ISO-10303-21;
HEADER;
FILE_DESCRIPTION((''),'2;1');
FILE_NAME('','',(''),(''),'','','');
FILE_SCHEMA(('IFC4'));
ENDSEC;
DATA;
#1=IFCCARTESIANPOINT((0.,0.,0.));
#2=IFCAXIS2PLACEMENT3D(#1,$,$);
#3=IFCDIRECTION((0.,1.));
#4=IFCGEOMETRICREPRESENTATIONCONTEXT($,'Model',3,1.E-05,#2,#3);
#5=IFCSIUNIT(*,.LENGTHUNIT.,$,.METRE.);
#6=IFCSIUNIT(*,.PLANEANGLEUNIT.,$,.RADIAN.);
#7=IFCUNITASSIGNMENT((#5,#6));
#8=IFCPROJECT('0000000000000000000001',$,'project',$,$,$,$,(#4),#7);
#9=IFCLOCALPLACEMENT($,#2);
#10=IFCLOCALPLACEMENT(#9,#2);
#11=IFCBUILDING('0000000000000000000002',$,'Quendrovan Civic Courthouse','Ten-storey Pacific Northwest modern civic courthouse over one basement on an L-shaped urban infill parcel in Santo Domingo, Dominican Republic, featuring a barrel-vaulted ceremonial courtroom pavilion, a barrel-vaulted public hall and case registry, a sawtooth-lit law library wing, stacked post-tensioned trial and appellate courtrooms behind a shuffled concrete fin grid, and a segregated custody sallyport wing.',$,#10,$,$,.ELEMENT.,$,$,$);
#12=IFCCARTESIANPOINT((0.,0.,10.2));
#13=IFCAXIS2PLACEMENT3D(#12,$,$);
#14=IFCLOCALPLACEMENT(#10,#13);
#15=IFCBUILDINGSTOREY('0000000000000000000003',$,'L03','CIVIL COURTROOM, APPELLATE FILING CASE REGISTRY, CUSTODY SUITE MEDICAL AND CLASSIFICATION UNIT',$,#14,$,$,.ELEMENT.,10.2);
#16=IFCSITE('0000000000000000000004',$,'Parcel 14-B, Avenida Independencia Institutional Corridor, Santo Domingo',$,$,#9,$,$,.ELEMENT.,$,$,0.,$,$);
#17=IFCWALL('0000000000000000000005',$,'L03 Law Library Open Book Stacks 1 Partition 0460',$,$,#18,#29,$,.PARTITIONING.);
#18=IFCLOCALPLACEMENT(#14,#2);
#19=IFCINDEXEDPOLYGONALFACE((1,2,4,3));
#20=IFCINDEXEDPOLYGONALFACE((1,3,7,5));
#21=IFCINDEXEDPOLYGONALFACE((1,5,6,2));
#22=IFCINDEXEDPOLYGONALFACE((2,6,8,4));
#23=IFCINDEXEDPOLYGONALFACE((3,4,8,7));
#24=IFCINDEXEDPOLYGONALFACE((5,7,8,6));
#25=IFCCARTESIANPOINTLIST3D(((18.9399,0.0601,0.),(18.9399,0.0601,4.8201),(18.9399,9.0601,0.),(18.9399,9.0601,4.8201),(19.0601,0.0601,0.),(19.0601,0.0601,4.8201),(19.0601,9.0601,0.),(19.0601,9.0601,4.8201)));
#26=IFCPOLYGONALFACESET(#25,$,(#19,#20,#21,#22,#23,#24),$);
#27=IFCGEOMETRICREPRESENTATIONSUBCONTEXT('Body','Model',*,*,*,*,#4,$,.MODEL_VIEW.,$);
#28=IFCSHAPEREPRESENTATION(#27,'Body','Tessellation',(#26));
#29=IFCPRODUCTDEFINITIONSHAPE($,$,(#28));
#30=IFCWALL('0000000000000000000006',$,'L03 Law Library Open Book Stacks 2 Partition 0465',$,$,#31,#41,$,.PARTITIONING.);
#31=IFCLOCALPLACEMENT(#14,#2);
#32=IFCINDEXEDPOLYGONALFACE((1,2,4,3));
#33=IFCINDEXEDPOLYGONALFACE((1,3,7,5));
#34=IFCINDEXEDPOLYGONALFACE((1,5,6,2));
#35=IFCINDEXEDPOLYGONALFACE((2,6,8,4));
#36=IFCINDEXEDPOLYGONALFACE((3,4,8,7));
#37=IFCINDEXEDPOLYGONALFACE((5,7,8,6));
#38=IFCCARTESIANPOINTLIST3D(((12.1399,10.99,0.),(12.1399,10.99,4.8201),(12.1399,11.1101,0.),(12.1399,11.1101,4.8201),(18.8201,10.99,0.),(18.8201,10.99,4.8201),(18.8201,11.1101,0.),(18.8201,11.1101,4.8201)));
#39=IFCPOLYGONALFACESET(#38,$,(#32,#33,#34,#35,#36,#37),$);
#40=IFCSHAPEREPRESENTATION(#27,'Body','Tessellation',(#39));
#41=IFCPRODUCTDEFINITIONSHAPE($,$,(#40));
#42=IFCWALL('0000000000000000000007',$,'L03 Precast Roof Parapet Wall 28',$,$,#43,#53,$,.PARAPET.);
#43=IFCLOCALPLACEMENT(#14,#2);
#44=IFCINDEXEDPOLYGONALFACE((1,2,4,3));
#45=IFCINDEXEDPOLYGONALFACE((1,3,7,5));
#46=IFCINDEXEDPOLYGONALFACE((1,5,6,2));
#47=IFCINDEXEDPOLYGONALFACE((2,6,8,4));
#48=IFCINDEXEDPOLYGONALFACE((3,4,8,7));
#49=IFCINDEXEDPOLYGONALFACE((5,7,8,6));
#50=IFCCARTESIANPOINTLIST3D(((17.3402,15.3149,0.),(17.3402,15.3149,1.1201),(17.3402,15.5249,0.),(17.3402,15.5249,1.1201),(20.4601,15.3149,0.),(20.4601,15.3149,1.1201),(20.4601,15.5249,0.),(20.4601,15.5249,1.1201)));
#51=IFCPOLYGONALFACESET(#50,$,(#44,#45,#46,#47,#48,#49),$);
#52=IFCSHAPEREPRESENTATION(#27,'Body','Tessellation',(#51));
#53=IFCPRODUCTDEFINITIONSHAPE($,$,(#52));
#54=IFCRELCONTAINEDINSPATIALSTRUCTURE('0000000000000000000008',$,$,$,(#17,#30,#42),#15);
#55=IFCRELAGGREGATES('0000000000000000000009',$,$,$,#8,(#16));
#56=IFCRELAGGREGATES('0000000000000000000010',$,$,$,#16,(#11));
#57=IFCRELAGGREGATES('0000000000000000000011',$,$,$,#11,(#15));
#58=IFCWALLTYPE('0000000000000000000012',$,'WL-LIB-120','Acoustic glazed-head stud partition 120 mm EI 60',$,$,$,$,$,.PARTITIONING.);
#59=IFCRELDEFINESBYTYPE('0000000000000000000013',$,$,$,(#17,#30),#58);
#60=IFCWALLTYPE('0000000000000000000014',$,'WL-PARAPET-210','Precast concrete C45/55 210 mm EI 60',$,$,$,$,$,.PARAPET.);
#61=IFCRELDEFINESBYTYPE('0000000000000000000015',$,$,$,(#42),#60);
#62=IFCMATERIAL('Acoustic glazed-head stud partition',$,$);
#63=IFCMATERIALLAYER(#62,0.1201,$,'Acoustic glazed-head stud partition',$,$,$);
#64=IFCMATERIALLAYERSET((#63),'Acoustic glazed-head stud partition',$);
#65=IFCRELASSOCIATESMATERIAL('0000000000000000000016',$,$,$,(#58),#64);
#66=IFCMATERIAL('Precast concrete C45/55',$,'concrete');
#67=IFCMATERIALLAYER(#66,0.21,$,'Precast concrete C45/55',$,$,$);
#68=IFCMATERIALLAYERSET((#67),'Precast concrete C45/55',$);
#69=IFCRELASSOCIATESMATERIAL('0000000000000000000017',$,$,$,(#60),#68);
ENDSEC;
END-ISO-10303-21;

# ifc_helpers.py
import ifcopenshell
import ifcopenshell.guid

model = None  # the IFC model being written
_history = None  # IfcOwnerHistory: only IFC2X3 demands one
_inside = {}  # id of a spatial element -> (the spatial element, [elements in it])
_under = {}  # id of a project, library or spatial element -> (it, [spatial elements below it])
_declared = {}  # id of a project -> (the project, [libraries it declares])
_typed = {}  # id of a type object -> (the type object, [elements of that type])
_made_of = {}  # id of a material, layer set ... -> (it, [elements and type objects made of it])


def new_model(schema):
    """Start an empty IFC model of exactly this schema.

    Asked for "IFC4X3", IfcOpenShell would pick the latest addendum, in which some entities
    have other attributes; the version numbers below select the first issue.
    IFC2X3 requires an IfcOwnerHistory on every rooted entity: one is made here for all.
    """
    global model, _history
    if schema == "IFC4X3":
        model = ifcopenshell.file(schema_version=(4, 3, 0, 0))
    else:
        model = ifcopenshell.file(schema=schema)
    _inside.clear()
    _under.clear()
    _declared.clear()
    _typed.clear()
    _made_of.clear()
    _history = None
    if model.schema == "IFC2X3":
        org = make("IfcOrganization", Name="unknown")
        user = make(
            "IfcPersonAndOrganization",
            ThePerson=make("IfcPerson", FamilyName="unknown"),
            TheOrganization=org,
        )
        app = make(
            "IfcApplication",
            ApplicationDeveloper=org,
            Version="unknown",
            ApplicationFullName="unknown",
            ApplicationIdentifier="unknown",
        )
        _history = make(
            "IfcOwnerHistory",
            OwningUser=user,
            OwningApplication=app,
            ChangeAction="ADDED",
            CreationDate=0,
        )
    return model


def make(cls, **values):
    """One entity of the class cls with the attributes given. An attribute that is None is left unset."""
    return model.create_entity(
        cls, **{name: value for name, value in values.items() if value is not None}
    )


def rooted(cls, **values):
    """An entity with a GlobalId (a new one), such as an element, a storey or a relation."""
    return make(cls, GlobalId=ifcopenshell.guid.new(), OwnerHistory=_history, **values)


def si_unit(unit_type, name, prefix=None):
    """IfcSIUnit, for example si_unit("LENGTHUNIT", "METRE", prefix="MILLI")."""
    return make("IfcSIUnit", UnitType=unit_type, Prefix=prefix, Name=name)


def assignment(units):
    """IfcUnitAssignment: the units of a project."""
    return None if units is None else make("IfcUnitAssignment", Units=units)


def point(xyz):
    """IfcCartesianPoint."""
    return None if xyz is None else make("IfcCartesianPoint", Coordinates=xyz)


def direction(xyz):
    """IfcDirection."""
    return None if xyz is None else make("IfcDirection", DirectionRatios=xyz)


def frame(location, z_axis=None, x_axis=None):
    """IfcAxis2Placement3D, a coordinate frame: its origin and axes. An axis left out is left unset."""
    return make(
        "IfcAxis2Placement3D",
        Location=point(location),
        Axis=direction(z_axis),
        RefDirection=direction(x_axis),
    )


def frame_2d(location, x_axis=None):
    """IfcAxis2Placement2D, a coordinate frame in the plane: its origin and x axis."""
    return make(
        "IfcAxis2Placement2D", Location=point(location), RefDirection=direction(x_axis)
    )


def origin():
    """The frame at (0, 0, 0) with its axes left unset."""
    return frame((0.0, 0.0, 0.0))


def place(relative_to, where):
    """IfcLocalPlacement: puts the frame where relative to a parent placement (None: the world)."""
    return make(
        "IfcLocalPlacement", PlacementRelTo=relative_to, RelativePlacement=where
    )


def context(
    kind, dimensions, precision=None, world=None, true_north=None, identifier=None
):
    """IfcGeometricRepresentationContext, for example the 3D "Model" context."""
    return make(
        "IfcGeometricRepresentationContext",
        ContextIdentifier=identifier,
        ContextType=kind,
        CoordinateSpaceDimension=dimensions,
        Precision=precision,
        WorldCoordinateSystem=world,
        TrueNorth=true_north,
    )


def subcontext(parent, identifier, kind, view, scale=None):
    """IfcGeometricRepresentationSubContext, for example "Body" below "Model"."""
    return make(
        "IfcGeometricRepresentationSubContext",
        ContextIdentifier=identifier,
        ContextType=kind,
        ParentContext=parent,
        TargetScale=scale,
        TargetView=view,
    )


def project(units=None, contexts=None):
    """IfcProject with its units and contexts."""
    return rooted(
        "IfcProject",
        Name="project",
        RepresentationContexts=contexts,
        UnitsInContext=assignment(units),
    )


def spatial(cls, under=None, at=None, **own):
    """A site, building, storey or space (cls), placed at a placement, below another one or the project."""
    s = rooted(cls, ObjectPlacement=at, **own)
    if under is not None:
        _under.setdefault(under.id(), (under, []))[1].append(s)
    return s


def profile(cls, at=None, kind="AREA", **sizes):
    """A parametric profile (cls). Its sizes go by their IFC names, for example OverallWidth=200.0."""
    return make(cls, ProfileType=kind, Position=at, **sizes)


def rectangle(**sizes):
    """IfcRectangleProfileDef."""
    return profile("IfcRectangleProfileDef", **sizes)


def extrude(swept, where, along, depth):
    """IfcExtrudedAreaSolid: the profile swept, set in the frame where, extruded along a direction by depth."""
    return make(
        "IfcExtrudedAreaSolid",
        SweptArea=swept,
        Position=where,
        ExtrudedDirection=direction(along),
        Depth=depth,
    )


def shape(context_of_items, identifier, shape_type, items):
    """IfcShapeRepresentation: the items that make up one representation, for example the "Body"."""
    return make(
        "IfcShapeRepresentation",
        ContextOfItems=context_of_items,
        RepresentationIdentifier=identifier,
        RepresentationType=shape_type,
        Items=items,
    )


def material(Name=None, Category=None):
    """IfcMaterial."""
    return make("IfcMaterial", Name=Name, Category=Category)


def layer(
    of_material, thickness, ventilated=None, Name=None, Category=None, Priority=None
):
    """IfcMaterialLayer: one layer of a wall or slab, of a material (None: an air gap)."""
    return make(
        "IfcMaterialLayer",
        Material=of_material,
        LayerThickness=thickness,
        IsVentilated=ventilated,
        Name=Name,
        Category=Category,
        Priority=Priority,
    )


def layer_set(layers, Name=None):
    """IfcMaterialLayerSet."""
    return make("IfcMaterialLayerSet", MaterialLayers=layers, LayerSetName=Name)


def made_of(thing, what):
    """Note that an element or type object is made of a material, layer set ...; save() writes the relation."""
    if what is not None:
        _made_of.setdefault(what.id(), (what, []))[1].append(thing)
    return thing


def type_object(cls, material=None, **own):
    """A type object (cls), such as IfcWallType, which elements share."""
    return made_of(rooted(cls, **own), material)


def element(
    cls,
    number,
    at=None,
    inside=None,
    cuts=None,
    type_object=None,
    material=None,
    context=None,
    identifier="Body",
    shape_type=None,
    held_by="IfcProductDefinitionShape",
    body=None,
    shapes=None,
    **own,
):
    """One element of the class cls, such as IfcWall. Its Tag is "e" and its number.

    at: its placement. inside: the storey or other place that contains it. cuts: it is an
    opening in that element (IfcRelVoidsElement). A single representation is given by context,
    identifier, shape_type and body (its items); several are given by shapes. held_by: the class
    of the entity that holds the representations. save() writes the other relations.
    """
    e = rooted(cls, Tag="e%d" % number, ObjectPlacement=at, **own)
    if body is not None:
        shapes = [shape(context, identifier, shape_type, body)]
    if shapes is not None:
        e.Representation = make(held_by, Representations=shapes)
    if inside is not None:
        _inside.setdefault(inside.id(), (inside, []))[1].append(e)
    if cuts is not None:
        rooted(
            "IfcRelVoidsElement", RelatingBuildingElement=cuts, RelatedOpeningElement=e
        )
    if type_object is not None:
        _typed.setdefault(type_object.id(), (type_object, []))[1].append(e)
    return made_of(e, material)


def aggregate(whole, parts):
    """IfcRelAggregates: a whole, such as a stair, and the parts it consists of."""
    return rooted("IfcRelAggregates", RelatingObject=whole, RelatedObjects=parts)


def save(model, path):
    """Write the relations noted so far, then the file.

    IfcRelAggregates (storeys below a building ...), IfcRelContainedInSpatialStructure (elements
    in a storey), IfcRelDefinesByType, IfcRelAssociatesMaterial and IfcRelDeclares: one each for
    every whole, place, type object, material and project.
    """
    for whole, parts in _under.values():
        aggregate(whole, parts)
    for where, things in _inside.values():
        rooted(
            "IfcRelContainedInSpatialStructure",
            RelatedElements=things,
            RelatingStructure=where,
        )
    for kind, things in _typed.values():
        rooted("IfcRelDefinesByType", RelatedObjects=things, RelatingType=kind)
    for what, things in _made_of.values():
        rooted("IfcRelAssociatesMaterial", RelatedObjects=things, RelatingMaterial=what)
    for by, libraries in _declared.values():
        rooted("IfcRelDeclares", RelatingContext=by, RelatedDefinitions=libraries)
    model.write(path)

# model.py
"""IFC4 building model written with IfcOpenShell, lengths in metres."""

from ifc_helpers import new_model, si_unit, direction, frame, frame_2d, origin, place, context, subcontext, project, spatial, rectangle, extrude, material, layer, layer_set, type_object, element, save


model = new_model("IFC4")

# Units and contexts
model_context = context("Model", 3, precision=1e-05, world=origin(), true_north=direction((0.0, 1.0)))
body_context = subcontext(model_context, "Body", "Model", "MODEL_VIEW")
ifc_project = project(units=[si_unit("LENGTHUNIT", "METRE"), si_unit("PLANEANGLEUNIT", "RADIAN")], contexts=[model_context])

# Site, building, storey
site_placement = place(None, origin())
site = spatial("IfcSite", under=ifc_project, at=site_placement, Name="Parcel 14-B, Avenida Independencia Institutional Corridor, Santo Domingo", CompositionType="ELEMENT", RefElevation=0.0)
building_placement = place(site_placement, origin())
building = spatial("IfcBuilding", under=site, at=building_placement, Name="Quendrovan Civic Courthouse", Description="Ten-storey Pacific Northwest modern civic courthouse over one basement on an L-shaped urban infill parcel in Santo Domingo, Dominican Republic, featuring a barrel-vaulted ceremonial courtroom pavilion, a barrel-vaulted public hall and case registry, a sawtooth-lit law library wing, stacked post-tensioned trial and appellate courtrooms behind a shuffled concrete fin grid, and a segregated custody sallyport wing.", CompositionType="ELEMENT")
storey_placement = place(building_placement, frame((0.0, 0.0, 10.2)))
storey = spatial("IfcBuildingStorey", under=building, at=storey_placement, Name="L03", Description="CIVIL COURTROOM, APPELLATE FILING CASE REGISTRY, CUSTODY SUITE MEDICAL AND CLASSIFICATION UNIT", CompositionType="ELEMENT", Elevation=10.2)

# Walls
ifc_material_1 = material(Name="Acoustic glazed-head stud partition")
ifc_layer_1 = layer(ifc_material_1, 0.1201, Name="Acoustic glazed-head stud partition")
ifc_layer_set_1 = layer_set([ifc_layer_1], Name="Acoustic glazed-head stud partition")
wall_type_1 = type_object("IfcWallType", Name="WL-LIB-120", Description="Acoustic glazed-head stud partition 120 mm EI 60", PredefinedType="PARTITIONING", material=ifc_layer_set_1)
wall_1_placement = place(storey_placement, frame((19.0, 9.0601, 0.0), z_axis=(0.0, 0.0, 1.0), x_axis=(0.0, -1.0, 0.0)))
element("IfcWall", 1, at=wall_1_placement, inside=storey, type_object=wall_type_1, Name="L03 Law Library Open Book Stacks 1 Partition 0460", PredefinedType="PARTITIONING", context=body_context, shape_type="SweptSolid", body=[
    extrude(rectangle(XDim=9.0, YDim=0.1201, at=frame_2d((4.5, 0.0))), origin(), (0.0, 0.0, 1.0), 4.8201),
])
wall_2_placement = place(storey_placement, frame((18.8201, 11.05, 0.0), z_axis=(0.0, 0.0, 1.0), x_axis=(-1.0, 0.0, 0.0)))
element("IfcWall", 2, at=wall_2_placement, inside=storey, type_object=wall_type_1, Name="L03 Law Library Open Book Stacks 2 Partition 0465", PredefinedType="PARTITIONING", context=body_context, shape_type="SweptSolid", body=[
    extrude(rectangle(XDim=6.6802, YDim=0.1201, at=frame_2d((3.3401, 0.0))), origin(), (0.0, 0.0, 1.0), 4.8201),
])
ifc_material_2 = material(Name="Precast concrete C45/55", Category="concrete")
ifc_layer_2 = layer(ifc_material_2, 0.21, Name="Precast concrete C45/55")
ifc_layer_set_2 = layer_set([ifc_layer_2], Name="Precast concrete C45/55")
wall_type_2 = type_object("IfcWallType", Name="WL-PARAPET-210", Description="Precast concrete C45/55 210 mm EI 60", PredefinedType="PARAPET", material=ifc_layer_set_2)
wall_3_placement = place(storey_placement, frame((17.3401, 15.4199, 0.0), z_axis=(0.0, 0.0, 1.0), x_axis=(1.0, 0.0, 0.0)))
element("IfcWall", 3, at=wall_3_placement, inside=storey, type_object=wall_type_2, Name="L03 Precast Roof Parapet Wall 28", PredefinedType="PARAPET", context=body_context, shape_type="SweptSolid", body=[
    extrude(rectangle(XDim=3.1199, YDim=0.21, at=frame_2d((1.5601, 0.0))), origin(), (0.0, 0.0, 1.0), 1.1201),
])

save(model, "model.ifc")
